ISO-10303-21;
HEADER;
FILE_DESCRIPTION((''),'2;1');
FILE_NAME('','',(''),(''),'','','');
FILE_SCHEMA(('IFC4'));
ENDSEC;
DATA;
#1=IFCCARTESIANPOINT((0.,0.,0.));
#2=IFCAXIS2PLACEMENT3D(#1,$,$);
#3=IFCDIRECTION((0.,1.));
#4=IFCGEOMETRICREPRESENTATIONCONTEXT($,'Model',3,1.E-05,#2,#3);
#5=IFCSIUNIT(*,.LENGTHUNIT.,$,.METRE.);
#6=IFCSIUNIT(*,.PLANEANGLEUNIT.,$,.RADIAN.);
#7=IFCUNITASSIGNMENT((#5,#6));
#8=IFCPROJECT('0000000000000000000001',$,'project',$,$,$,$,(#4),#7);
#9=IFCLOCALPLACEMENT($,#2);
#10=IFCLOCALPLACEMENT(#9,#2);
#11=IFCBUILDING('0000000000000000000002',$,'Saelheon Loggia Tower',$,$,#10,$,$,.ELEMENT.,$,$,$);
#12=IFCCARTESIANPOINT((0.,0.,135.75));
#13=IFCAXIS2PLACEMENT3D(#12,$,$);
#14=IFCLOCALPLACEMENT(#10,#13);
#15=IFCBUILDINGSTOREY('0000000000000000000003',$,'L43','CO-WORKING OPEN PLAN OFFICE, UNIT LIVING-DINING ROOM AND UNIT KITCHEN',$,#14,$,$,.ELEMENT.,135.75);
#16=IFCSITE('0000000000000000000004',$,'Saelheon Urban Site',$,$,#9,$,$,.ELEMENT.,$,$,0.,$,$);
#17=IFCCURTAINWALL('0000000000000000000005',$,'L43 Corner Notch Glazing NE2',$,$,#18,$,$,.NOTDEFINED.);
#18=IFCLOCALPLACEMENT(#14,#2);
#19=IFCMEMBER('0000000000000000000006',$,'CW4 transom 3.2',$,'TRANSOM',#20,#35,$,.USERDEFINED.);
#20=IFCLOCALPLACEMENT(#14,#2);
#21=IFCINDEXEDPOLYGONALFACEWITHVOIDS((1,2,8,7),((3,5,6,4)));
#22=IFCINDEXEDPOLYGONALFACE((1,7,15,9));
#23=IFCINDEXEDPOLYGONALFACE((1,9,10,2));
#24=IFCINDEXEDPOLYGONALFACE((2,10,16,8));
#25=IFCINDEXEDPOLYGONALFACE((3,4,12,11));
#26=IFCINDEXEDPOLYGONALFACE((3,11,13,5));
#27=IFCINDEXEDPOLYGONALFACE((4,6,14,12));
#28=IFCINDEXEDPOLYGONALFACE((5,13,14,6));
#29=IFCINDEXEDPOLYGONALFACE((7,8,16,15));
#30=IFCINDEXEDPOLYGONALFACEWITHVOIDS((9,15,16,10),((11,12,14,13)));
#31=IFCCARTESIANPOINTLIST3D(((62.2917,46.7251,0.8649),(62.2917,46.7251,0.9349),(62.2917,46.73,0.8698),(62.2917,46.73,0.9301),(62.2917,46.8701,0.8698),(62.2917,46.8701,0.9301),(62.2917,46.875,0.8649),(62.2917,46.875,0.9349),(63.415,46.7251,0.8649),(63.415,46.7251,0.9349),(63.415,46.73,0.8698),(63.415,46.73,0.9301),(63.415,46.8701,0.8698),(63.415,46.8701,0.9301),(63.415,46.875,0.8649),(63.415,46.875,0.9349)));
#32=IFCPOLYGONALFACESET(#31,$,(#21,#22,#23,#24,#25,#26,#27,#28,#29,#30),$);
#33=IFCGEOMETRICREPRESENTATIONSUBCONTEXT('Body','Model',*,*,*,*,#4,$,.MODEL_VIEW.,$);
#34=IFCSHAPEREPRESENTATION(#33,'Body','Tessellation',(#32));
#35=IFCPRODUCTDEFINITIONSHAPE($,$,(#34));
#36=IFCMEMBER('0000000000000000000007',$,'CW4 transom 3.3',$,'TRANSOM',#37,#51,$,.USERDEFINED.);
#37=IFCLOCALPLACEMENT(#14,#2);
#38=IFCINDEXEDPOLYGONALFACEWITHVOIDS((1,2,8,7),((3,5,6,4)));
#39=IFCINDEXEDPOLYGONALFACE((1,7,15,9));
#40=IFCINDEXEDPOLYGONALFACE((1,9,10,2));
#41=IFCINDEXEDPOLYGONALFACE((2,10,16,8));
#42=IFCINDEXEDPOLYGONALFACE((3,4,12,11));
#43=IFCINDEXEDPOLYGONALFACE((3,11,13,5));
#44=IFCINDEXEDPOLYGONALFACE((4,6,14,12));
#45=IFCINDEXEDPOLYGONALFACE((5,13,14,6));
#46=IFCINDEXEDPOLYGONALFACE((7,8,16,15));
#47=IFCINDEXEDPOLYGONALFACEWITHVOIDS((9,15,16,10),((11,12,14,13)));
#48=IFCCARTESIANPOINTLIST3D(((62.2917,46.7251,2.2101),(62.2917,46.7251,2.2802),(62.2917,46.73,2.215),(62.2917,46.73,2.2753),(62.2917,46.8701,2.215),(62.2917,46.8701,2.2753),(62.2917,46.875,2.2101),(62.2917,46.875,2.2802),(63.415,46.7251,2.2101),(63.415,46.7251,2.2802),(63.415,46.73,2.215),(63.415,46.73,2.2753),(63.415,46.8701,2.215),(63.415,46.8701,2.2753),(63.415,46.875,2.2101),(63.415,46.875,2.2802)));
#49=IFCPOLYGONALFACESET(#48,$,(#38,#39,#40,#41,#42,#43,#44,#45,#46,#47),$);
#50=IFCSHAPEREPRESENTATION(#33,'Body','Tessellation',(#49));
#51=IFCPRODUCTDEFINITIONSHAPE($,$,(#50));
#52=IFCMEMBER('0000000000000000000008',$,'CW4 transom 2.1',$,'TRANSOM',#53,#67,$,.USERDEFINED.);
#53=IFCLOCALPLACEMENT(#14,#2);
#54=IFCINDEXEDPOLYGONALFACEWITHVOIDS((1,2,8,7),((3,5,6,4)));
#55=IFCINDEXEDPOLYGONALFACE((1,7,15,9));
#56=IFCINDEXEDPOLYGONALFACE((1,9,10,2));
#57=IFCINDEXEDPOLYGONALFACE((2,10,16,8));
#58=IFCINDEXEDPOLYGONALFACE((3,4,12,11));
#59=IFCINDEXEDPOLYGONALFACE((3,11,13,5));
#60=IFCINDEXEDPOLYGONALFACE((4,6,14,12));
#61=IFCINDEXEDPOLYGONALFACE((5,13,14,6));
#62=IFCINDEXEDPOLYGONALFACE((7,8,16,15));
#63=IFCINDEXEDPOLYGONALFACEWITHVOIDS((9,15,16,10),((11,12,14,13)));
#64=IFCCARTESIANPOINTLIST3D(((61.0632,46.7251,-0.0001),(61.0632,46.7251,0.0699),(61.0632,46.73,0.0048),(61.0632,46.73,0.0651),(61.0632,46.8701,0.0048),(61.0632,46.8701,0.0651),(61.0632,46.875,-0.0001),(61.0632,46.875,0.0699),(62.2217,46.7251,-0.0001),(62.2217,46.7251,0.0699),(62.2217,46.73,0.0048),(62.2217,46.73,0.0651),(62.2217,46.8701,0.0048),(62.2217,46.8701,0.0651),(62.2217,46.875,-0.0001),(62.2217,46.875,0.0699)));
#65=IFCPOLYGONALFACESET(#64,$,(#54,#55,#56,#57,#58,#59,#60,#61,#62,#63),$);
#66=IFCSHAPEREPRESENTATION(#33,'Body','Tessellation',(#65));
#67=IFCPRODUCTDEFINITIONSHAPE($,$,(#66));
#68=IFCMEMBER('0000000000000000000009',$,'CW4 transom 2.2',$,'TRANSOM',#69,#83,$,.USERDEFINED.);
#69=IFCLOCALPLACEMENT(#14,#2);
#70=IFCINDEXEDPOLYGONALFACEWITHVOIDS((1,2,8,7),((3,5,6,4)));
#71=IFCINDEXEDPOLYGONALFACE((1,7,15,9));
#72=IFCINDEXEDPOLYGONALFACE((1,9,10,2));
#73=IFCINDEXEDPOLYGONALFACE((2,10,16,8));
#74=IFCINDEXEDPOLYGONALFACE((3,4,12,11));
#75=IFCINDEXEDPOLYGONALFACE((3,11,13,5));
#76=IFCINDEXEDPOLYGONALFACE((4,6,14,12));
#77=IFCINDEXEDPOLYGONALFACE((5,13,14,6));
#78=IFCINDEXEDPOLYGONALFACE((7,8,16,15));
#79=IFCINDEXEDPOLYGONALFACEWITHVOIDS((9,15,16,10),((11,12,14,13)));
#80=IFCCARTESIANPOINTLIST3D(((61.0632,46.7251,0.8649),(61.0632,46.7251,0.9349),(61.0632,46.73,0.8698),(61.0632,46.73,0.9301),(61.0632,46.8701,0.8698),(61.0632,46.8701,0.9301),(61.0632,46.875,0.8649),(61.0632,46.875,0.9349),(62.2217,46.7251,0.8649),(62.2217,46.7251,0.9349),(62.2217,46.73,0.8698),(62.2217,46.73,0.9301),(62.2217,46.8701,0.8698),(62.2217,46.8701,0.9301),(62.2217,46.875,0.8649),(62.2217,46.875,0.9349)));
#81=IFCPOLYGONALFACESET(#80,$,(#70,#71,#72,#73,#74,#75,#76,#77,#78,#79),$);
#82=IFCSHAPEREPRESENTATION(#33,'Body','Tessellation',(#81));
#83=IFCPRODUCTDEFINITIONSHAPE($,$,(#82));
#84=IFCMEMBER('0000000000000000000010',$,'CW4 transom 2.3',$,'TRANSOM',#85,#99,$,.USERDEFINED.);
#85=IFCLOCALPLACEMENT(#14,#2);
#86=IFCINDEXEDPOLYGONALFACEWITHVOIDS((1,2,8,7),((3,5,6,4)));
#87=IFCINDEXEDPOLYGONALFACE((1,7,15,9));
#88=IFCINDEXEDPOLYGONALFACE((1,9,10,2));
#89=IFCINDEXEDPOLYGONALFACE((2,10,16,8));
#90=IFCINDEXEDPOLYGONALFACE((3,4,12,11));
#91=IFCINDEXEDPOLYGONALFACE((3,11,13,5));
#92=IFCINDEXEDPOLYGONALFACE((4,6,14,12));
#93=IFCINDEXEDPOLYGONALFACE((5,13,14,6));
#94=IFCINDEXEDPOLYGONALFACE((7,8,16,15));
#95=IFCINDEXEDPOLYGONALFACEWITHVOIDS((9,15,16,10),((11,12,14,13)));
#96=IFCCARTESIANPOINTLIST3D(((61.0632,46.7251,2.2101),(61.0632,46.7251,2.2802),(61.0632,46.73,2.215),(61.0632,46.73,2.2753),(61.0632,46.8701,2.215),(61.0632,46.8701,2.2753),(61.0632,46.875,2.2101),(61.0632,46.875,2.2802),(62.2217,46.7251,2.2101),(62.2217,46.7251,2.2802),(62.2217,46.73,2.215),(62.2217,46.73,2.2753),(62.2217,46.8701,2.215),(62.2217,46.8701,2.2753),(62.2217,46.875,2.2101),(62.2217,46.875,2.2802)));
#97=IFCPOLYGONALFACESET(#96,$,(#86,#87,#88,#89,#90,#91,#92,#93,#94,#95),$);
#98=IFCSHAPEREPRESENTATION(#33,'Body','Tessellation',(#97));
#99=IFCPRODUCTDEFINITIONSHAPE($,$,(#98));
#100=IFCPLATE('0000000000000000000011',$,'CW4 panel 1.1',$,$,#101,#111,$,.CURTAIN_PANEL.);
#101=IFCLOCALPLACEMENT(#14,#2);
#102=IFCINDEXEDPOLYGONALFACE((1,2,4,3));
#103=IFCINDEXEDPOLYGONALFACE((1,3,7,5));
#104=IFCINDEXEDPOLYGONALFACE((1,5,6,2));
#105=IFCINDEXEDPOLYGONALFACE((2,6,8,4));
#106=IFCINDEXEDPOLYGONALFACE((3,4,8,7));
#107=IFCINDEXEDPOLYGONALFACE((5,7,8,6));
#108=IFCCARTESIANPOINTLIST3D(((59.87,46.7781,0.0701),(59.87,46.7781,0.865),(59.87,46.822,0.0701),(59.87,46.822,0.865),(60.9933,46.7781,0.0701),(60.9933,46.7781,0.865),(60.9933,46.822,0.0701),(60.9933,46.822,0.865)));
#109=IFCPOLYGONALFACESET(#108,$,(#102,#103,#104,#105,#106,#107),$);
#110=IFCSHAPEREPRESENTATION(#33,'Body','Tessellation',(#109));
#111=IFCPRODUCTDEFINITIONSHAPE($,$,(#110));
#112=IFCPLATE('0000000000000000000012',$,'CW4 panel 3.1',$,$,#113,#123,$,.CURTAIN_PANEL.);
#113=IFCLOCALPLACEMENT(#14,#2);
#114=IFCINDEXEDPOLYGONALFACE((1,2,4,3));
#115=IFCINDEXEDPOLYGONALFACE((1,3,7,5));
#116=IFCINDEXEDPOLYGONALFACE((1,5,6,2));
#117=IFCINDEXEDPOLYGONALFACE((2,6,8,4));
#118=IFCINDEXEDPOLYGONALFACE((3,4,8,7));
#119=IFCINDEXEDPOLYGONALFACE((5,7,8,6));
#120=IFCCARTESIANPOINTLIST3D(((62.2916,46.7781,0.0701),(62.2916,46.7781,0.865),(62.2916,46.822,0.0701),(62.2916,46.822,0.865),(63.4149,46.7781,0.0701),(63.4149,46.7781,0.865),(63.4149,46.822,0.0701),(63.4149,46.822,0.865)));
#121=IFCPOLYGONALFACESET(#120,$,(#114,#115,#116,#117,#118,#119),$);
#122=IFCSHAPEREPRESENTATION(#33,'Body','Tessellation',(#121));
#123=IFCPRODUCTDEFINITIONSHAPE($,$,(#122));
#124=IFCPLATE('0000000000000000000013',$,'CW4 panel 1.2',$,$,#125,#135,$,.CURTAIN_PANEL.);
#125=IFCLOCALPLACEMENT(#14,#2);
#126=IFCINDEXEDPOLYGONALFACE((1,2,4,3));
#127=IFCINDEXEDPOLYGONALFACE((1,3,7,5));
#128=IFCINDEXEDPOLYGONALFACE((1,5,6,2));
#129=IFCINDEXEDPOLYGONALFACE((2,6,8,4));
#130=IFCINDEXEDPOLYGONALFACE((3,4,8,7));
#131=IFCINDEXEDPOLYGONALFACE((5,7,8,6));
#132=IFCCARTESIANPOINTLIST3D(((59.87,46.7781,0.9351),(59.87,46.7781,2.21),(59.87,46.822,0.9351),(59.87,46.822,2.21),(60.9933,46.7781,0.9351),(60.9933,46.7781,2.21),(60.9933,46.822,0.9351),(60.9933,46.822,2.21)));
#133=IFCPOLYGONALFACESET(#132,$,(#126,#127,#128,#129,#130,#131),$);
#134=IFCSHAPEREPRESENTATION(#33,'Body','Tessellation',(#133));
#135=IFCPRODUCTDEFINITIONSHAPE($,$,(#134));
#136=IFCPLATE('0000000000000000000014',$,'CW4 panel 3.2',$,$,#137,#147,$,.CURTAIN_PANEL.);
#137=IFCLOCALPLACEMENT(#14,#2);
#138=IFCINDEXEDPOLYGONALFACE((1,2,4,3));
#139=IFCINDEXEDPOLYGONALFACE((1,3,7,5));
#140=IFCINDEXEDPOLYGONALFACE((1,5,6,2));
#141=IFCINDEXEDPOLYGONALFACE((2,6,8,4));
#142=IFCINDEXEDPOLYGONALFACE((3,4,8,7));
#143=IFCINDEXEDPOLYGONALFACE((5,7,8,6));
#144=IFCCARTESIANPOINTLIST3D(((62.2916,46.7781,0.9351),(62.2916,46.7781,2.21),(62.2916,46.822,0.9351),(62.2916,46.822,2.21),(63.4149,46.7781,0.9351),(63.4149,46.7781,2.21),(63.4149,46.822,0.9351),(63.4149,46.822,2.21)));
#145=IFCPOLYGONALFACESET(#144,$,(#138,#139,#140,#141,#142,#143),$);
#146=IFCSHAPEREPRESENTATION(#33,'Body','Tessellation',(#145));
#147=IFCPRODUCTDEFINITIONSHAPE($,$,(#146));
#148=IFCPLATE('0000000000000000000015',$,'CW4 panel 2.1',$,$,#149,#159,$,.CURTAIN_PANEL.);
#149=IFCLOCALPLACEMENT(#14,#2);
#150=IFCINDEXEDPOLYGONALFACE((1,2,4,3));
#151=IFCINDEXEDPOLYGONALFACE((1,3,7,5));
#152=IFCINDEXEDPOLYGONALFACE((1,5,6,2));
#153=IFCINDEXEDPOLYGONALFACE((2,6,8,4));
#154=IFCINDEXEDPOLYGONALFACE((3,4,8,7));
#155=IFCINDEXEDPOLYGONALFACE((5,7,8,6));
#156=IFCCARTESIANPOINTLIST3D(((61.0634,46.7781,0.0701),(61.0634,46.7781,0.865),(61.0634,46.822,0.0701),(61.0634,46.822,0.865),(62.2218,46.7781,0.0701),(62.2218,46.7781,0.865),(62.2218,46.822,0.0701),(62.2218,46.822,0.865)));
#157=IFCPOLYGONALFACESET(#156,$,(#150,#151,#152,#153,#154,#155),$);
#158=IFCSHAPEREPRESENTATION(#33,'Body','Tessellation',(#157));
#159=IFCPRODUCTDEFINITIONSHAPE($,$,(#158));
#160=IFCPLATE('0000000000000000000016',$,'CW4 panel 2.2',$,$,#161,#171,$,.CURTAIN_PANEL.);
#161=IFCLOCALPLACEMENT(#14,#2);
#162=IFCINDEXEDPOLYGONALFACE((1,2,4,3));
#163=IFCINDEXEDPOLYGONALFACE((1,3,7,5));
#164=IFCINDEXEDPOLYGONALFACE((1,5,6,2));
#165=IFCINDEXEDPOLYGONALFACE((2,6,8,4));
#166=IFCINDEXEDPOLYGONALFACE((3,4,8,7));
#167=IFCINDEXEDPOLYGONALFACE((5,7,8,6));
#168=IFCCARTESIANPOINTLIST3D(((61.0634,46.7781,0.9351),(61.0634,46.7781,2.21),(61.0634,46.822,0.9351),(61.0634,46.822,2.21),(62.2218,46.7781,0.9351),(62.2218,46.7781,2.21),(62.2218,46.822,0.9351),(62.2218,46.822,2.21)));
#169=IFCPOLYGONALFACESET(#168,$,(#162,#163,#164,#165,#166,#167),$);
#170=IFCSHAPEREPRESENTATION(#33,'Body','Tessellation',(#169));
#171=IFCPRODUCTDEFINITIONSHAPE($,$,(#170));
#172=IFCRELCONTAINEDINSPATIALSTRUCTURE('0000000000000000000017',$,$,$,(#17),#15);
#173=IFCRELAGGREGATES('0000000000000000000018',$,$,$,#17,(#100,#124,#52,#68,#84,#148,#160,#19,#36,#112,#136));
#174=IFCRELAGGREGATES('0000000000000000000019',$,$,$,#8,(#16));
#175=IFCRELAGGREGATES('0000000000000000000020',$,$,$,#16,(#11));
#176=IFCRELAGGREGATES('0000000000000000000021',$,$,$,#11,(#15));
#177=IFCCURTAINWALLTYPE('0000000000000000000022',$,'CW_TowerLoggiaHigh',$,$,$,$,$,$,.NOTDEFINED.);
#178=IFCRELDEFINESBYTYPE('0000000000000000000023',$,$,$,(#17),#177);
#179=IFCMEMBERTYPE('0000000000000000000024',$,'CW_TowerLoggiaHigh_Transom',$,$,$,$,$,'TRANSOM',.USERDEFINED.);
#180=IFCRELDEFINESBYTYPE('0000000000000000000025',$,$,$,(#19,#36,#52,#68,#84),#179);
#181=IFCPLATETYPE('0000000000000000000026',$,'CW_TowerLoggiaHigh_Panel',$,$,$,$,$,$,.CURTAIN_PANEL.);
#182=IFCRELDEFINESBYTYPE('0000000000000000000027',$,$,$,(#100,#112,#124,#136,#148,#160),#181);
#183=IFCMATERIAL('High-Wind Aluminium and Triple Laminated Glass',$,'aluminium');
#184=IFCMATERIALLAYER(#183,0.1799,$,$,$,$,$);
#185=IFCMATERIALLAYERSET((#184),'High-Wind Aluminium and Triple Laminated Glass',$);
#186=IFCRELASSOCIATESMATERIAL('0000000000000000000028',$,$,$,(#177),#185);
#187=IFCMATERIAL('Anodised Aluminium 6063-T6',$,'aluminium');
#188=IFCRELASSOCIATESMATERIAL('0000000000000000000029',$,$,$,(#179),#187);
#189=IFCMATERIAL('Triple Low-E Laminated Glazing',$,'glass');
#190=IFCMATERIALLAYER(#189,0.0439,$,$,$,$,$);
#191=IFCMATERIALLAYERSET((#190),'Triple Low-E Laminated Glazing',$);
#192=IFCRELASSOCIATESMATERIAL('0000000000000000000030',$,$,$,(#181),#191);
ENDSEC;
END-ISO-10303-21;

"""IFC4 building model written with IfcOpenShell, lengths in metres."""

from ifc_helpers import new_model, si_unit, direction, frame, origin, origin_2d, place, context, subcontext, project, spatial, rectangle, hollow_rectangle, extrude, source, transform, mapped, material, layer, layer_set, material_profile, profile_set, type_object, element, aggregate, save


model = new_model("IFC4")

# Units and contexts
model_context = context("Model", 3, precision=1e-05, world=origin(), true_north=direction((0.0, 1.0)))
body_context = subcontext(model_context, "Body", "Model", "MODEL_VIEW")
ifc_project = project(units=[si_unit("LENGTHUNIT", "METRE"), si_unit("PLANEANGLEUNIT", "RADIAN")], contexts=[model_context])

# Site, building, storey
site_placement = place(None, origin())
site = spatial("IfcSite", under=ifc_project, at=site_placement, Name="Saelheon Urban Site", CompositionType="ELEMENT", RefElevation=0.0)
building_placement = place(site_placement, origin())
building = spatial("IfcBuilding", under=site, at=building_placement, Name="Saelheon Loggia Tower", CompositionType="ELEMENT")
storey_placement = place(building_placement, frame((0.0, 0.0, 135.75)))
storey = spatial("IfcBuildingStorey", under=building, at=storey_placement, Name="L43", Description="CO-WORKING OPEN PLAN OFFICE, UNIT LIVING-DINING ROOM AND UNIT KITCHEN", CompositionType="ELEMENT", Elevation=135.75)

# Curtain wall, members, plates
ifc_material_1 = material(Name="High-Wind Aluminium and Triple Laminated Glass", Category="aluminium")
ifc_layer_1 = layer(ifc_material_1, 0.1799)
ifc_layer_set_1 = layer_set([ifc_layer_1], Name="High-Wind Aluminium and Triple Laminated Glass")
curtain_wall_type = type_object("IfcCurtainWallType", Name="CW_TowerLoggiaHigh", PredefinedType="NOTDEFINED", material=ifc_layer_set_1)
curtain_wall_placement = place(storey_placement, origin())
curtain_wall = element("IfcCurtainWall", 1, at=curtain_wall_placement, inside=storey, type_object=curtain_wall_type, Name="L43 Corner Notch Glazing NE2", PredefinedType="NOTDEFINED")
ifc_material_2 = material(Name="Anodised Aluminium 6063-T6", Category="aluminium")
ifc_material_profile_1 = material_profile(ifc_material_2, hollow_rectangle(XDim=0.0701, YDim=0.1499, WallThickness=0.0049, at=origin_2d()), Name="RHS-150x70x5")
ifc_profile_set_1 = profile_set([ifc_material_profile_1], Name="Anodised Aluminium 6063-T6")
member_type_1 = type_object("IfcMemberType", Name="CW_TowerLoggiaHigh_Transom", ElementType="TRANSOM", PredefinedType="USERDEFINED", material=ifc_profile_set_1)
shared_shape_1 = source(origin(), body_context, "Body", "SweptSolid", [
    extrude(hollow_rectangle(XDim=0.0701, YDim=0.1499, WallThickness=0.0049, at=origin_2d()), origin(), (0.0, 0.0, 1.0), 1.1233),
])
member_1_placement = place(storey_placement, frame((62.2917, 46.8, 0.8999), z_axis=(1.0, 0.0, 0.0), x_axis=(0.0, 0.0, 1.0)))
member_1 = element("IfcMember", 2, at=member_1_placement, type_object=member_type_1, Name="CW4 transom 3.2", ObjectType="TRANSOM", PredefinedType="USERDEFINED", context=body_context, shape_type="MappedRepresentation", body=[
    mapped(shared_shape_1, transform((0.0, 0.0, 0.0), scale=1.0)),
])
member_2_placement = place(storey_placement, frame((62.2917, 46.8, 2.2451), z_axis=(1.0, 0.0, 0.0), x_axis=(0.0, 0.0, 1.0)))
member_2 = element("IfcMember", 3, at=member_2_placement, type_object=member_type_1, Name="CW4 transom 3.3", ObjectType="TRANSOM", PredefinedType="USERDEFINED", context=body_context, shape_type="MappedRepresentation", body=[
    mapped(shared_shape_1, transform((0.0, 0.0, 0.0), scale=1.0)),
])
shared_shape_2 = source(origin(), body_context, "Body", "SweptSolid", [
    extrude(hollow_rectangle(XDim=0.0701, YDim=0.1499, WallThickness=0.0049, at=origin_2d()), origin(), (0.0, 0.0, 1.0), 1.1584),
])
member_3_placement = place(storey_placement, frame((61.0632, 46.8, 0.0349), z_axis=(1.0, 0.0, 0.0), x_axis=(0.0, 0.0, 1.0)))
member_3 = element("IfcMember", 4, at=member_3_placement, type_object=member_type_1, Name="CW4 transom 2.1", ObjectType="TRANSOM", PredefinedType="USERDEFINED", context=body_context, shape_type="MappedRepresentation", body=[
    mapped(shared_shape_2, transform((0.0, 0.0, 0.0), scale=1.0)),
])
member_4_placement = place(storey_placement, frame((61.0632, 46.8, 0.8999), z_axis=(1.0, 0.0, 0.0), x_axis=(0.0, 0.0, 1.0)))
member_4 = element("IfcMember", 5, at=member_4_placement, type_object=member_type_1, Name="CW4 transom 2.2", ObjectType="TRANSOM", PredefinedType="USERDEFINED", context=body_context, shape_type="MappedRepresentation", body=[
    mapped(shared_shape_2, transform((0.0, 0.0, 0.0), scale=1.0)),
])
member_5_placement = place(storey_placement, frame((61.0632, 46.8, 2.2451), z_axis=(1.0, 0.0, 0.0), x_axis=(0.0, 0.0, 1.0)))
member_5 = element("IfcMember", 6, at=member_5_placement, type_object=member_type_1, Name="CW4 transom 2.3", ObjectType="TRANSOM", PredefinedType="USERDEFINED", context=body_context, shape_type="MappedRepresentation", body=[
    mapped(shared_shape_2, transform((0.0, 0.0, 0.0), scale=1.0)),
])
ifc_material_3 = material(Name="Triple Low-E Laminated Glazing", Category="glass")
ifc_layer_2 = layer(ifc_material_3, 0.0439)
ifc_layer_set_2 = layer_set([ifc_layer_2], Name="Triple Low-E Laminated Glazing")
plate_type = type_object("IfcPlateType", Name="CW_TowerLoggiaHigh_Panel", PredefinedType="CURTAIN_PANEL", material=ifc_layer_set_2)
shared_shape_3 = source(origin(), body_context, "Body", "SweptSolid", [
    extrude(rectangle(XDim=1.1233, YDim=0.0439, at=origin_2d()), origin(), (0.0, 0.0, 1.0), 0.7949),
])
plate_1_placement = place(storey_placement, frame((60.4316, 46.8, 0.0701), z_axis=(0.0, 0.0, 1.0), x_axis=(1.0, 0.0, 0.0)))
plate_1 = element("IfcPlate", 7, at=plate_1_placement, type_object=plate_type, Name="CW4 panel 1.1", PredefinedType="CURTAIN_PANEL", context=body_context, shape_type="MappedRepresentation", body=[
    mapped(shared_shape_3, transform((0.0, 0.0, 0.0), scale=1.0)),
])
plate_2_placement = place(storey_placement, frame((62.8533, 46.8, 0.0701), z_axis=(0.0, 0.0, 1.0), x_axis=(1.0, 0.0, 0.0)))
plate_2 = element("IfcPlate", 8, at=plate_2_placement, type_object=plate_type, Name="CW4 panel 3.1", PredefinedType="CURTAIN_PANEL", context=body_context, shape_type="MappedRepresentation", body=[
    mapped(shared_shape_3, transform((0.0, 0.0, 0.0), scale=1.0)),
])
shared_shape_4 = source(origin(), body_context, "Body", "SweptSolid", [
    extrude(rectangle(XDim=1.1233, YDim=0.0439, at=origin_2d()), origin(), (0.0, 0.0, 1.0), 1.2749),
])
plate_3_placement = place(storey_placement, frame((60.4316, 46.8, 0.9351), z_axis=(0.0, 0.0, 1.0), x_axis=(1.0, 0.0, 0.0)))
plate_3 = element("IfcPlate", 9, at=plate_3_placement, type_object=plate_type, Name="CW4 panel 1.2", PredefinedType="CURTAIN_PANEL", context=body_context, shape_type="MappedRepresentation", body=[
    mapped(shared_shape_4, transform((0.0, 0.0, 0.0), scale=1.0)),
])
plate_4_placement = place(storey_placement, frame((62.8533, 46.8, 0.9351), z_axis=(0.0, 0.0, 1.0), x_axis=(1.0, 0.0, 0.0)))
plate_4 = element("IfcPlate", 10, at=plate_4_placement, type_object=plate_type, Name="CW4 panel 3.2", PredefinedType="CURTAIN_PANEL", context=body_context, shape_type="MappedRepresentation", body=[
    mapped(shared_shape_4, transform((0.0, 0.0, 0.0), scale=1.0)),
])
shared_shape_5 = source(origin(), body_context, "Body", "SweptSolid", [
    extrude(rectangle(XDim=1.1584, YDim=0.0439, at=origin_2d()), origin(), (0.0, 0.0, 1.0), 0.7949),
])
plate_5_placement = place(storey_placement, frame((61.6426, 46.8, 0.0701), z_axis=(0.0, 0.0, 1.0), x_axis=(1.0, 0.0, 0.0)))
plate_5 = element("IfcPlate", 11, at=plate_5_placement, type_object=plate_type, Name="CW4 panel 2.1", PredefinedType="CURTAIN_PANEL", context=body_context, shape_type="MappedRepresentation", body=[
    mapped(shared_shape_5, transform((0.0, 0.0, 0.0), scale=1.0)),
])
shared_shape_6 = source(origin(), body_context, "Body", "SweptSolid", [
    extrude(rectangle(XDim=1.1584, YDim=0.0439, at=origin_2d()), origin(), (0.0, 0.0, 1.0), 1.2749),
])
plate_6_placement = place(storey_placement, frame((61.6426, 46.8, 0.9351), z_axis=(0.0, 0.0, 1.0), x_axis=(1.0, 0.0, 0.0)))
plate_6 = element("IfcPlate", 12, at=plate_6_placement, type_object=plate_type, Name="CW4 panel 2.2", PredefinedType="CURTAIN_PANEL", context=body_context, shape_type="MappedRepresentation", body=[
    mapped(shared_shape_6, transform((0.0, 0.0, 0.0), scale=1.0)),
])
aggregate(curtain_wall, [plate_1, plate_3, member_3, member_4, member_5, plate_5, plate_6, member_1, member_2, plate_2, plate_4])

save(model, "model.ifc")
